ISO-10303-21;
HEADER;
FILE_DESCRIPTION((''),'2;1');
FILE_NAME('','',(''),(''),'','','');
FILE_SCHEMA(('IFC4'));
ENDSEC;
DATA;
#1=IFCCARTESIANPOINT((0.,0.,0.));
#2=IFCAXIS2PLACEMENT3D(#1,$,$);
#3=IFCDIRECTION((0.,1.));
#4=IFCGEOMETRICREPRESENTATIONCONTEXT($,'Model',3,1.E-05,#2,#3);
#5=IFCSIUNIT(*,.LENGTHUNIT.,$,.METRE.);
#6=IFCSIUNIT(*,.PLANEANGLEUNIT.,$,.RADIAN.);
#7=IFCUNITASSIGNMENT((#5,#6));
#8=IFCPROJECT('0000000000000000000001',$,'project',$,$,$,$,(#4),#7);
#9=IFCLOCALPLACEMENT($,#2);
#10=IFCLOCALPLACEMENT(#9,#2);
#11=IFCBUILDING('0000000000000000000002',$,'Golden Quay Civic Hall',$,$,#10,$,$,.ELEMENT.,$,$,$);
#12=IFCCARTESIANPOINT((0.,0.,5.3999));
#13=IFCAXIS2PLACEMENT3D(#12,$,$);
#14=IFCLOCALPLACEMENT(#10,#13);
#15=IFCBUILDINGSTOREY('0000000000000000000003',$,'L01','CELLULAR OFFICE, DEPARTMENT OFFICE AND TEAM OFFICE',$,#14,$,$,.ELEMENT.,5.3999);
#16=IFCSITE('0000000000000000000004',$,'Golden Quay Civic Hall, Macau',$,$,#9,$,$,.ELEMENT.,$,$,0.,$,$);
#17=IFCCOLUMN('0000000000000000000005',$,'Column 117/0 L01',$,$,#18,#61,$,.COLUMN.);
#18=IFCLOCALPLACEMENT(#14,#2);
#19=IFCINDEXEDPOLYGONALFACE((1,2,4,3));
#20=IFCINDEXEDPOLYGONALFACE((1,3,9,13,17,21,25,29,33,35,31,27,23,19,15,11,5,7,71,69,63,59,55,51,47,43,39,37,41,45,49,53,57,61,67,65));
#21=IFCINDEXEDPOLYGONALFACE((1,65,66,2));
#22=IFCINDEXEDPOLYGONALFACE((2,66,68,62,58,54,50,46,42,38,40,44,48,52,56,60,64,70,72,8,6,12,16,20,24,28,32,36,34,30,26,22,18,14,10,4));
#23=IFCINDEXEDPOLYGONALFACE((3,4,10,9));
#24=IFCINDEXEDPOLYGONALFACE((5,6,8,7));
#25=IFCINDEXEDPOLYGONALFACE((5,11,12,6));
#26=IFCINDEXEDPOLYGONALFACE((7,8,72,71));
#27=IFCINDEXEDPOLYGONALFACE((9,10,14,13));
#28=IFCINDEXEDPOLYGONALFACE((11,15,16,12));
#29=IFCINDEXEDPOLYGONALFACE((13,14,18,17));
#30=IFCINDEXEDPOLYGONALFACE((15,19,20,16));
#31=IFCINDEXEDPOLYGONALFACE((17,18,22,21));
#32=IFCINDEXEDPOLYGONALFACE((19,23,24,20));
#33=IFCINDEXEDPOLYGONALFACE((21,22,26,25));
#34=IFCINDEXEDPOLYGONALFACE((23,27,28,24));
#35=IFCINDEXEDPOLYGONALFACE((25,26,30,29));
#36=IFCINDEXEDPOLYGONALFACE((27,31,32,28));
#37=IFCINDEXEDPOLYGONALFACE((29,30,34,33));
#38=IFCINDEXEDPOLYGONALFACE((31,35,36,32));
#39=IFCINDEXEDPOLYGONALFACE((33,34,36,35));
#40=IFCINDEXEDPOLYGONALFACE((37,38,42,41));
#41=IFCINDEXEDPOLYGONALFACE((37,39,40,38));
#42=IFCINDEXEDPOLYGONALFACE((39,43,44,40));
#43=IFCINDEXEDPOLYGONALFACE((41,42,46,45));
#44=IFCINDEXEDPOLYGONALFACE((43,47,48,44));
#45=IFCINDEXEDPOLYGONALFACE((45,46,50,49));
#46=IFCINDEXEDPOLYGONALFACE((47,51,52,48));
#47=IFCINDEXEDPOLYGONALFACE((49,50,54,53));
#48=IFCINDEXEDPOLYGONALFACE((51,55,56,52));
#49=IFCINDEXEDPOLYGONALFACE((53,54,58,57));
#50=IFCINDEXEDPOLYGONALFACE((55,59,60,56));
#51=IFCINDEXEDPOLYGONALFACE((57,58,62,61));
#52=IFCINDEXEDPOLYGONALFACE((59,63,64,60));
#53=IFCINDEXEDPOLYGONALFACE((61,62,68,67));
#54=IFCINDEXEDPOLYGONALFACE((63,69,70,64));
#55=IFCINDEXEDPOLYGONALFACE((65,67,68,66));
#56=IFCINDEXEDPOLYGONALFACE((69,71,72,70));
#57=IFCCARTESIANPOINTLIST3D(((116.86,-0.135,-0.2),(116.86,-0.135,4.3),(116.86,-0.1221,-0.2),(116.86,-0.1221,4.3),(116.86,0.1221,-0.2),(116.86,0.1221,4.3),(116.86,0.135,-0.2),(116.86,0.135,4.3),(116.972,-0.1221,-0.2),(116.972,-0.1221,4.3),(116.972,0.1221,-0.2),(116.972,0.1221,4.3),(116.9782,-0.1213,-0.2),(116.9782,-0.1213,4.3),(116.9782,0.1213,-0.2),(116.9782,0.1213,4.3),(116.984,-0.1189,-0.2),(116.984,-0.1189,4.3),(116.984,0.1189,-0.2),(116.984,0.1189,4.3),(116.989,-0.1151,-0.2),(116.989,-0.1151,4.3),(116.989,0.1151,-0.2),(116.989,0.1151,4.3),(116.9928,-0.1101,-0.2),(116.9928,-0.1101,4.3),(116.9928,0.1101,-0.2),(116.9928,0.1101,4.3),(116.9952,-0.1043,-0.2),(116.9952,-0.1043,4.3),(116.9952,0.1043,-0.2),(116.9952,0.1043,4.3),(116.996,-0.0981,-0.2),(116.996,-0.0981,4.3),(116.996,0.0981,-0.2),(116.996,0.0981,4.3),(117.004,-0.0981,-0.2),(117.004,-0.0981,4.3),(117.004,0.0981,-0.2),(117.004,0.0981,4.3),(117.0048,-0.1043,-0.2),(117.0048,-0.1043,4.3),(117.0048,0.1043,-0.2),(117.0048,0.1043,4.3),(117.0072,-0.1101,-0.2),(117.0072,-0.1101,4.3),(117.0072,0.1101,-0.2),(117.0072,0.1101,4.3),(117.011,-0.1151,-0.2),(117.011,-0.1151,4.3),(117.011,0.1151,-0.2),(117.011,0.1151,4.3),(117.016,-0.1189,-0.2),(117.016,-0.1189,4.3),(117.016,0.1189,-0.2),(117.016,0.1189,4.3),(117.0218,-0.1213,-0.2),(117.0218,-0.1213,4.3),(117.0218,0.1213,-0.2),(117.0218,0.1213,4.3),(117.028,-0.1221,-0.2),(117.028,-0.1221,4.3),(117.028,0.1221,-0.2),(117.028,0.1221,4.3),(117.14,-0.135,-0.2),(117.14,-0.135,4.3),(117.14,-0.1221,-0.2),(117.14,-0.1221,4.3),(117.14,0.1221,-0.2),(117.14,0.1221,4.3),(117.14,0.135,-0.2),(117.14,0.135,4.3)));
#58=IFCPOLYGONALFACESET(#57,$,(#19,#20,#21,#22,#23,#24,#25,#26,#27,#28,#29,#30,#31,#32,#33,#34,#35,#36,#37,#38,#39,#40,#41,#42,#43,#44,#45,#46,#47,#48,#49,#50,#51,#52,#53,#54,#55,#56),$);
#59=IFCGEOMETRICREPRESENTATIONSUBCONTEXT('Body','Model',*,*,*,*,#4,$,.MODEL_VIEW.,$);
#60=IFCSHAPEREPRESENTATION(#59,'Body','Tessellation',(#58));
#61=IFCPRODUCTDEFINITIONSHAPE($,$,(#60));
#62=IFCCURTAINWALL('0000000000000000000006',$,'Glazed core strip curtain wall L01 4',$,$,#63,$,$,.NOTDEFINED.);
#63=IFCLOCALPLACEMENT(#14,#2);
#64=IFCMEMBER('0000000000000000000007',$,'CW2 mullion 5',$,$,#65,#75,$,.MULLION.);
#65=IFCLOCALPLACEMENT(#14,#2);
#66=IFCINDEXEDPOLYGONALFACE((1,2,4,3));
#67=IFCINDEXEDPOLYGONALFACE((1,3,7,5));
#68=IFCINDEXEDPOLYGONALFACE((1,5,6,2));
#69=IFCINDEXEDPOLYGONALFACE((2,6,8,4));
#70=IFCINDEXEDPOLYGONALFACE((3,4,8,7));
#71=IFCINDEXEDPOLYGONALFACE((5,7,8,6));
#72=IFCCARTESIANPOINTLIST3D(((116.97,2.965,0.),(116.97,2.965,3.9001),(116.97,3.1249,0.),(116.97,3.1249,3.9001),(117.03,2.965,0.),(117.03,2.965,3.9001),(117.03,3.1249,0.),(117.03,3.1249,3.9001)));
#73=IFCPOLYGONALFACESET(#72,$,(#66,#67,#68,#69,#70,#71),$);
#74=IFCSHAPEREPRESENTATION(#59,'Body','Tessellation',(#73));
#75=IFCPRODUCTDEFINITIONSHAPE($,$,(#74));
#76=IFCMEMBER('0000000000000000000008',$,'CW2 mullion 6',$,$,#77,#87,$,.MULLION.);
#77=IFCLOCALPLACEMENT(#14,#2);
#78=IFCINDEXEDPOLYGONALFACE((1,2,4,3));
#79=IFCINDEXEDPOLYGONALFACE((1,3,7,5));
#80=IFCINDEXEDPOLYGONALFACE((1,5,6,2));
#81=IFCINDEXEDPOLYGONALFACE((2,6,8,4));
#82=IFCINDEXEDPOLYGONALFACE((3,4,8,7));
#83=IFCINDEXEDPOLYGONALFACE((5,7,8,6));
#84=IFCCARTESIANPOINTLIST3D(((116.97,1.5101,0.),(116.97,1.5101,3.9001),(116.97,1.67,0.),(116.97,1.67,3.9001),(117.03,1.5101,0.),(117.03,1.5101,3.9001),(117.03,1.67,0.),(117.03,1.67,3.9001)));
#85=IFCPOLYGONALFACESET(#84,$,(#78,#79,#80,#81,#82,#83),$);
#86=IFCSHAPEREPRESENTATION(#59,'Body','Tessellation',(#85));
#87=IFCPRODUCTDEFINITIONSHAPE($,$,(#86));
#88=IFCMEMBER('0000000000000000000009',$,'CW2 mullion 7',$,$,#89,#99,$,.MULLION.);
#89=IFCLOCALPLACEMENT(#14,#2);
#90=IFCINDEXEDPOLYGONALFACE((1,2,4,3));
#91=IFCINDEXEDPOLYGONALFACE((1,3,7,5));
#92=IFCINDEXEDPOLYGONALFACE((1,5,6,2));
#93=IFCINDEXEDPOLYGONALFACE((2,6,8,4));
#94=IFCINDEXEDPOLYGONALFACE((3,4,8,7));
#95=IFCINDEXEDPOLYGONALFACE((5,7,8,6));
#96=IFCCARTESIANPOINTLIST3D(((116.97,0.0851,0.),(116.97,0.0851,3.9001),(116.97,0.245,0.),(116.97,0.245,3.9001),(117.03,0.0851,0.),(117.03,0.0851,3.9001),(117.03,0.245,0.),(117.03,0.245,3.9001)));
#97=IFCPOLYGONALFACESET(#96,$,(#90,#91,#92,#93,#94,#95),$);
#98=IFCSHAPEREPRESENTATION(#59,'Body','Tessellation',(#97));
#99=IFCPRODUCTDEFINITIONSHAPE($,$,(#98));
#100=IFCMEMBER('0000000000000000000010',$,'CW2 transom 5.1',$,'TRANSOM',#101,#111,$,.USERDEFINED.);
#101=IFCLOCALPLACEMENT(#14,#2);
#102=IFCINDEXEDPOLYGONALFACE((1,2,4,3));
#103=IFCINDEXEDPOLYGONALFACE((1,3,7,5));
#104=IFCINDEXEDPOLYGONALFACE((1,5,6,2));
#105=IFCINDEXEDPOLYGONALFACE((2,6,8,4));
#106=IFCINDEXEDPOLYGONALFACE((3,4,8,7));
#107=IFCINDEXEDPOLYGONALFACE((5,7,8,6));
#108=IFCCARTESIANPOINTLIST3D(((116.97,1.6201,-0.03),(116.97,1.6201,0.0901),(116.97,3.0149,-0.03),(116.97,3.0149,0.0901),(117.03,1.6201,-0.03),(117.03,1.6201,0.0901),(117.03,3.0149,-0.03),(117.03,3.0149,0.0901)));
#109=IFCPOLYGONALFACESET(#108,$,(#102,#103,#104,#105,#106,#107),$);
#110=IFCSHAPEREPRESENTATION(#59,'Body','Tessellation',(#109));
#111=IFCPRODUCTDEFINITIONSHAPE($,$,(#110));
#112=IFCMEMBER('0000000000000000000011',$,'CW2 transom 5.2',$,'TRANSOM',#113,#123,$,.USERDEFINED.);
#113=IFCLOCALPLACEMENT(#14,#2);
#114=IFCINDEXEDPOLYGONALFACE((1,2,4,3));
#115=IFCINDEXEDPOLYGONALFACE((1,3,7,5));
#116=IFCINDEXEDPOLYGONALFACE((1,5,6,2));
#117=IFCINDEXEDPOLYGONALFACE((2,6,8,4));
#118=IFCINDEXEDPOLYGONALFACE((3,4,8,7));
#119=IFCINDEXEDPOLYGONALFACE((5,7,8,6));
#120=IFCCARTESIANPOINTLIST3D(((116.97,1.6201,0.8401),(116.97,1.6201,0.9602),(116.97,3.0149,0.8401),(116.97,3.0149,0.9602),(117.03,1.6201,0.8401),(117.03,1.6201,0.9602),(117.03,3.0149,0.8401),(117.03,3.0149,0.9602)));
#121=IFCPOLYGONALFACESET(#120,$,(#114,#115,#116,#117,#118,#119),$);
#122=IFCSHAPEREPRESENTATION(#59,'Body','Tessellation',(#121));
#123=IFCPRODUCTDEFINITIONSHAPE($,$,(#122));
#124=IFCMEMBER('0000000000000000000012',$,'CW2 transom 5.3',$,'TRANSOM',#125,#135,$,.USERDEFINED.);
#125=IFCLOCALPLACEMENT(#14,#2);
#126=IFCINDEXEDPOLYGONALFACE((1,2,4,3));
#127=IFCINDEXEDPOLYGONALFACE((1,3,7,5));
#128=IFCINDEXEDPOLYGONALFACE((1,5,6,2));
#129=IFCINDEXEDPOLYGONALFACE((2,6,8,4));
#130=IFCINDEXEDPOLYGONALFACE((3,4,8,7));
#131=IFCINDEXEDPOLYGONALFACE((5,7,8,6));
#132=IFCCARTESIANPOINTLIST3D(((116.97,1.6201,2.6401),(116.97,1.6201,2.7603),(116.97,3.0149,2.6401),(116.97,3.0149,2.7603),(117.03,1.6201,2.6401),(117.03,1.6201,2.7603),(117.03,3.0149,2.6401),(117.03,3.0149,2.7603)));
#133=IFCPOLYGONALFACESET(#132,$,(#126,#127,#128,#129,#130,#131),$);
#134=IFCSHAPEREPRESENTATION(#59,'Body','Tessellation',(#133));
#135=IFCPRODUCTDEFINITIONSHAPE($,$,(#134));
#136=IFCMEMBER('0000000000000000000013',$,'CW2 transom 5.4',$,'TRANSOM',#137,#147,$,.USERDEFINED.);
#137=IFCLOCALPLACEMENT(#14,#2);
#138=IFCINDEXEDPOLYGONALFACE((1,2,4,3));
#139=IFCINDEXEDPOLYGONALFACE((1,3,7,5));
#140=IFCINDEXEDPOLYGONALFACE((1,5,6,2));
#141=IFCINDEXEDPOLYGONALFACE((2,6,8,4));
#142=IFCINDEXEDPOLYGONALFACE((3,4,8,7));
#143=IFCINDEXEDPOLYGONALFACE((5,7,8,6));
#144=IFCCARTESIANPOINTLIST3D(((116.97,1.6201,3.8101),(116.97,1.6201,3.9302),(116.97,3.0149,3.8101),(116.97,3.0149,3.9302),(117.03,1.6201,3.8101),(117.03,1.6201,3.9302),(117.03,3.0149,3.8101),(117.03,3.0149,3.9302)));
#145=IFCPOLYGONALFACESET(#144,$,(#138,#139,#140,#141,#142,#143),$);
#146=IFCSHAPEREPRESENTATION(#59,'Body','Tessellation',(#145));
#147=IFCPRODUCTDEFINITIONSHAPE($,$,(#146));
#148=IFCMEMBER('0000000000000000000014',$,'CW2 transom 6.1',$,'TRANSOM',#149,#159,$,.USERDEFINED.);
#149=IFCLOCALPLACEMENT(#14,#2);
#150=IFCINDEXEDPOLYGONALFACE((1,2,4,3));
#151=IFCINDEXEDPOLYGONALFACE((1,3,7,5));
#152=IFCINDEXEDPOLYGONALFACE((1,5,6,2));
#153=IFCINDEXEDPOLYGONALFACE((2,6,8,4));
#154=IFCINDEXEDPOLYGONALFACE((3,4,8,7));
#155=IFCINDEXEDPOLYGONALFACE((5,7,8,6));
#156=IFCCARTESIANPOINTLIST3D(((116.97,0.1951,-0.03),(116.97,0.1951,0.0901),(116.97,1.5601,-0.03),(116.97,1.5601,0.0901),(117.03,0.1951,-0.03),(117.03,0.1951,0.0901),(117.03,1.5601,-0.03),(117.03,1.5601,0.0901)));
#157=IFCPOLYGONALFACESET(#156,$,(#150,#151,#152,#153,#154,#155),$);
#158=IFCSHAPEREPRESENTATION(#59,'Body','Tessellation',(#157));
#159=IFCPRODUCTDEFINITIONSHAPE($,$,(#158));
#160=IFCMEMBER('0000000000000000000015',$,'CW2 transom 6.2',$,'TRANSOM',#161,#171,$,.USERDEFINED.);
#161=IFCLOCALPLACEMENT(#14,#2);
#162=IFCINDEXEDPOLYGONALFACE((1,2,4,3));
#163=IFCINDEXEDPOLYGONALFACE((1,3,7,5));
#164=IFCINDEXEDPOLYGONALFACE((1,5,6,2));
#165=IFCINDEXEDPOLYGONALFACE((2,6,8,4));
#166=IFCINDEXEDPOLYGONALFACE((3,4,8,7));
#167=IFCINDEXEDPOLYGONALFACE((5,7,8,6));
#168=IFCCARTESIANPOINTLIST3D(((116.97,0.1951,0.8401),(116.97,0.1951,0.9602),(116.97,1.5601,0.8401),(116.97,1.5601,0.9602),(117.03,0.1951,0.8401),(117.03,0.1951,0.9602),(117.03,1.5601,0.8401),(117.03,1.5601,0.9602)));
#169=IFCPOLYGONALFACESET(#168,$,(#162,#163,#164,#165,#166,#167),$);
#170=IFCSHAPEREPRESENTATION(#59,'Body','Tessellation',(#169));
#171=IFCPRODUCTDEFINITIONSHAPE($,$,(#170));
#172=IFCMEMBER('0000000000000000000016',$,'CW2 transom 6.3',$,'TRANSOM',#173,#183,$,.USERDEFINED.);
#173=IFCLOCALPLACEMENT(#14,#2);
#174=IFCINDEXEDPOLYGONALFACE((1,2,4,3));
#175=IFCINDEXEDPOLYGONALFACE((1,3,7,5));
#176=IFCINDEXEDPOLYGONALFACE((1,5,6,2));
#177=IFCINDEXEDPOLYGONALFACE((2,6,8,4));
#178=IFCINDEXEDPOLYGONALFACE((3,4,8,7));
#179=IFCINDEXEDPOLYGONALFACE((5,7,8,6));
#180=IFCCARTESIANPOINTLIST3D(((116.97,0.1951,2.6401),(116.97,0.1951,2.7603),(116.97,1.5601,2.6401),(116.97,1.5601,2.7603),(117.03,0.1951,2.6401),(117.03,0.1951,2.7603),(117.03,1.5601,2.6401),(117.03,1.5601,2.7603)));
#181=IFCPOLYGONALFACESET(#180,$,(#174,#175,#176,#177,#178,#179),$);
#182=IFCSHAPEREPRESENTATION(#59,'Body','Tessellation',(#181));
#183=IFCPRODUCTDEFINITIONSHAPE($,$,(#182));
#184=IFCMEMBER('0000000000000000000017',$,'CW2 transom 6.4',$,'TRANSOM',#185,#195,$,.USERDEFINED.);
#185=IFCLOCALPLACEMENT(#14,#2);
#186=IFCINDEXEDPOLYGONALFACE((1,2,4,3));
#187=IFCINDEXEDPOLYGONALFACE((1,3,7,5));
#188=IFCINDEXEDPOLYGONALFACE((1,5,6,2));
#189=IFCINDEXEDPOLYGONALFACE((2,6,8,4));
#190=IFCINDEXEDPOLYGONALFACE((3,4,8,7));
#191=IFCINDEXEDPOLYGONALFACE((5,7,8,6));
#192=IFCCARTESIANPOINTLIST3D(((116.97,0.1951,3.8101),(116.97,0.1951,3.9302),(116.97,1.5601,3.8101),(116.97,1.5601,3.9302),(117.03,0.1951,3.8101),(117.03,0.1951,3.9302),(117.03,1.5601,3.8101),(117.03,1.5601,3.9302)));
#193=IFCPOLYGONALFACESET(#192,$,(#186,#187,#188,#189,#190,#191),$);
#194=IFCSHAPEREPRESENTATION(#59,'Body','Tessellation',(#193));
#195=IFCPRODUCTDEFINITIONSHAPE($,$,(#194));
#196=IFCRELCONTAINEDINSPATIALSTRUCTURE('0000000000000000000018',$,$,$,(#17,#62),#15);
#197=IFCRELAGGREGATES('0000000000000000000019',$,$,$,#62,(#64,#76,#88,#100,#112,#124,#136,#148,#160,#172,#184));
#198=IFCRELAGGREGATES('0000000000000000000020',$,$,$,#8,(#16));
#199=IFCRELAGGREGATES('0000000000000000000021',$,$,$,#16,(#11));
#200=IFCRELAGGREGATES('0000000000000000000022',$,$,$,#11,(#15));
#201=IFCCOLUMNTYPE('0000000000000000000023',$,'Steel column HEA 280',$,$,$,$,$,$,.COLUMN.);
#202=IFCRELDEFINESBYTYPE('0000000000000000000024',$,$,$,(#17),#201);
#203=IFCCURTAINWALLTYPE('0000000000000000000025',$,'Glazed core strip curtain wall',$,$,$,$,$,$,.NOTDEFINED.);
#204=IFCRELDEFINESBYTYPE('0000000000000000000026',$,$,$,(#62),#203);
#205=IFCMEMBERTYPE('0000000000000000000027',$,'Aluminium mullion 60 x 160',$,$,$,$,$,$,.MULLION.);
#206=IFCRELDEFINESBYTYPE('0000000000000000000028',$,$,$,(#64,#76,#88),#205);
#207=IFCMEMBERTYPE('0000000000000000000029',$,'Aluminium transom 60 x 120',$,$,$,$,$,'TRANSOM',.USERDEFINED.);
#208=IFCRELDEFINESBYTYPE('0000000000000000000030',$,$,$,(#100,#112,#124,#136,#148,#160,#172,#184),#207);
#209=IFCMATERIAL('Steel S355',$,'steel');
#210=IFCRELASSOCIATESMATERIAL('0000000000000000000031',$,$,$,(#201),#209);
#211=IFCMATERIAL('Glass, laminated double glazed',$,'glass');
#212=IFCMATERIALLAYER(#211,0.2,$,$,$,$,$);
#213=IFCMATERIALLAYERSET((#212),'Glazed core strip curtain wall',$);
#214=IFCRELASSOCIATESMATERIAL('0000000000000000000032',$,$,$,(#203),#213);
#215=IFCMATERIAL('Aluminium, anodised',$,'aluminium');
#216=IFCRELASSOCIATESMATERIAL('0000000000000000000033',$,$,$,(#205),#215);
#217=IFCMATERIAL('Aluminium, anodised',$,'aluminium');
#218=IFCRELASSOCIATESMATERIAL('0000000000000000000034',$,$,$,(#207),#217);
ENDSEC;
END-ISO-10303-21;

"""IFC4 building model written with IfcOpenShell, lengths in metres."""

from ifc_helpers import new_model, si_unit, direction, frame, origin, origin_2d, place, context, subcontext, project, spatial, rectangle, i_section, extrude, material, layer, layer_set, material_profile, profile_set, type_object, element, aggregate, save


model = new_model("IFC4")

# Units and contexts
model_context = context("Model", 3, precision=1e-05, world=origin(), true_north=direction((0.0, 1.0)))
body_context = subcontext(model_context, "Body", "Model", "MODEL_VIEW")
ifc_project = project(units=[si_unit("LENGTHUNIT", "METRE"), si_unit("PLANEANGLEUNIT", "RADIAN")], contexts=[model_context])

# Site, building, storey
site_placement = place(None, origin())
site = spatial("IfcSite", under=ifc_project, at=site_placement, Name="Golden Quay Civic Hall, Macau", CompositionType="ELEMENT", RefElevation=0.0)
building_placement = place(site_placement, origin())
building = spatial("IfcBuilding", under=site, at=building_placement, Name="Golden Quay Civic Hall", CompositionType="ELEMENT")
storey_placement = place(building_placement, frame((0.0, 0.0, 5.3999)))
storey = spatial("IfcBuildingStorey", under=building, at=storey_placement, Name="L01", Description="CELLULAR OFFICE, DEPARTMENT OFFICE AND TEAM OFFICE", CompositionType="ELEMENT", Elevation=5.3999)

# Column
ifc_material_1 = material(Name="Steel S355", Category="steel")
ifc_material_profile_1 = material_profile(ifc_material_1, i_section(OverallWidth=0.28, OverallDepth=0.27, WebThickness=0.0081, FlangeThickness=0.0129, FilletRadius=0.0239, at=origin_2d()), Name="HEA 280")
ifc_profile_set_1 = profile_set([ifc_material_profile_1], Name="Steel S355")
column_type = type_object("IfcColumnType", Name="Steel column HEA 280", PredefinedType="COLUMN", material=ifc_profile_set_1)
column_placement = place(storey_placement, frame((117.0, 0.0, -0.2), z_axis=(0.0, 0.0, 1.0), x_axis=(1.0, 0.0, 0.0)))
element("IfcColumn", 1, at=column_placement, inside=storey, type_object=column_type, Name="Column 117/0 L01", PredefinedType="COLUMN", context=body_context, shape_type="SweptSolid", body=[
    extrude(i_section(OverallWidth=0.28, OverallDepth=0.27, WebThickness=0.0081, FlangeThickness=0.0129, FilletRadius=0.0239, at=origin_2d()), origin(), (0.0, 0.0, 1.0), 4.5),
])

# Curtain wall, members
ifc_material_2 = material(Name="Glass, laminated double glazed", Category="glass")
ifc_layer_1 = layer(ifc_material_2, 0.2)
ifc_layer_set_1 = layer_set([ifc_layer_1], Name="Glazed core strip curtain wall")
curtain_wall_type = type_object("IfcCurtainWallType", Name="Glazed core strip curtain wall", PredefinedType="NOTDEFINED", material=ifc_layer_set_1)
curtain_wall_placement = place(storey_placement, origin())
curtain_wall = element("IfcCurtainWall", 2, at=curtain_wall_placement, inside=storey, type_object=curtain_wall_type, Name="Glazed core strip curtain wall L01 4", PredefinedType="NOTDEFINED")
ifc_material_3 = material(Name="Aluminium, anodised", Category="aluminium")
ifc_material_profile_2 = material_profile(ifc_material_3, rectangle(XDim=0.0601, YDim=0.1599, at=origin_2d()), Name="Aluminium 60 x 160")
ifc_profile_set_2 = profile_set([ifc_material_profile_2], Name="Aluminium, anodised")
member_type_1 = type_object("IfcMemberType", Name="Aluminium mullion 60 x 160", PredefinedType="MULLION", material=ifc_profile_set_2)
member_1_placement = place(storey_placement, frame((117.0, 3.0449, 0.0), z_axis=(0.0, 0.0, 1.0), x_axis=(1.0, 0.0, 0.0)))
member_1 = element("IfcMember", 3, at=member_1_placement, type_object=member_type_1, Name="CW2 mullion 5", PredefinedType="MULLION", context=body_context, shape_type="SweptSolid", body=[
    extrude(rectangle(XDim=0.0601, YDim=0.1599, at=origin_2d()), origin(), (0.0, 0.0, 1.0), 3.9001),
])
member_2_placement = place(storey_placement, frame((117.0, 1.5901, 0.0), z_axis=(0.0, 0.0, 1.0), x_axis=(1.0, 0.0, 0.0)))
member_2 = element("IfcMember", 4, at=member_2_placement, type_object=member_type_1, Name="CW2 mullion 6", PredefinedType="MULLION", context=body_context, shape_type="SweptSolid", body=[
    extrude(rectangle(XDim=0.0601, YDim=0.1599, at=origin_2d()), origin(), (0.0, 0.0, 1.0), 3.9001),
])
member_3_placement = place(storey_placement, frame((117.0, 0.165, 0.0), z_axis=(0.0, 0.0, 1.0), x_axis=(1.0, 0.0, 0.0)))
member_3 = element("IfcMember", 5, at=member_3_placement, type_object=member_type_1, Name="CW2 mullion 7", PredefinedType="MULLION", context=body_context, shape_type="SweptSolid", body=[
    extrude(rectangle(XDim=0.0601, YDim=0.1599, at=origin_2d()), origin(), (0.0, 0.0, 1.0), 3.9001),
])
ifc_material_4 = material(Name="Aluminium, anodised", Category="aluminium")
ifc_material_profile_3 = material_profile(ifc_material_4, rectangle(XDim=0.0601, YDim=0.1201, at=origin_2d()), Name="Aluminium 60 x 120")
ifc_profile_set_3 = profile_set([ifc_material_profile_3], Name="Aluminium, anodised")
member_type_2 = type_object("IfcMemberType", Name="Aluminium transom 60 x 120", ElementType="TRANSOM", PredefinedType="USERDEFINED", material=ifc_profile_set_3)
member_4_placement = place(storey_placement, frame((117.0, 3.0149, 0.03), z_axis=(0.0, -1.0, 0.0), x_axis=(1.0, 0.0, 0.0)))
member_4 = element("IfcMember", 6, at=member_4_placement, type_object=member_type_2, Name="CW2 transom 5.1", ObjectType="TRANSOM", PredefinedType="USERDEFINED", context=body_context, shape_type="SweptSolid", body=[
    extrude(rectangle(XDim=0.0601, YDim=0.1201, at=origin_2d()), origin(), (0.0, 0.0, 1.0), 1.3948),
])
member_5_placement = place(storey_placement, frame((117.0, 3.0149, 0.9001), z_axis=(0.0, -1.0, 0.0), x_axis=(1.0, 0.0, 0.0)))
member_5 = element("IfcMember", 7, at=member_5_placement, type_object=member_type_2, Name="CW2 transom 5.2", ObjectType="TRANSOM", PredefinedType="USERDEFINED", context=body_context, shape_type="SweptSolid", body=[
    extrude(rectangle(XDim=0.0601, YDim=0.1201, at=origin_2d()), origin(), (0.0, 0.0, 1.0), 1.3948),
])
member_6_placement = place(storey_placement, frame((117.0, 3.0149, 2.7002), z_axis=(0.0, -1.0, 0.0), x_axis=(1.0, 0.0, 0.0)))
member_6 = element("IfcMember", 8, at=member_6_placement, type_object=member_type_2, Name="CW2 transom 5.3", ObjectType="TRANSOM", PredefinedType="USERDEFINED", context=body_context, shape_type="SweptSolid", body=[
    extrude(rectangle(XDim=0.0601, YDim=0.1201, at=origin_2d()), origin(), (0.0, 0.0, 1.0), 1.3948),
])
member_7_placement = place(storey_placement, frame((117.0, 3.0149, 3.8701), z_axis=(0.0, -1.0, 0.0), x_axis=(1.0, 0.0, 0.0)))
member_7 = element("IfcMember", 9, at=member_7_placement, type_object=member_type_2, Name="CW2 transom 5.4", ObjectType="TRANSOM", PredefinedType="USERDEFINED", context=body_context, shape_type="SweptSolid", body=[
    extrude(rectangle(XDim=0.0601, YDim=0.1201, at=origin_2d()), origin(), (0.0, 0.0, 1.0), 1.3948),
])
member_8_placement = place(storey_placement, frame((117.0, 1.5601, 0.03), z_axis=(0.0, -1.0, 0.0), x_axis=(1.0, 0.0, 0.0)))
member_8 = element("IfcMember", 10, at=member_8_placement, type_object=member_type_2, Name="CW2 transom 6.1", ObjectType="TRANSOM", PredefinedType="USERDEFINED", context=body_context, shape_type="SweptSolid", body=[
    extrude(rectangle(XDim=0.0601, YDim=0.1201, at=origin_2d()), origin(), (0.0, 0.0, 1.0), 1.365),
])
member_9_placement = place(storey_placement, frame((117.0, 1.5601, 0.9001), z_axis=(0.0, -1.0, 0.0), x_axis=(1.0, 0.0, 0.0)))
member_9 = element("IfcMember", 11, at=member_9_placement, type_object=member_type_2, Name="CW2 transom 6.2", ObjectType="TRANSOM", PredefinedType="USERDEFINED", context=body_context, shape_type="SweptSolid", body=[
    extrude(rectangle(XDim=0.0601, YDim=0.1201, at=origin_2d()), origin(), (0.0, 0.0, 1.0), 1.365),
])
member_10_placement = place(storey_placement, frame((117.0, 1.5601, 2.7002), z_axis=(0.0, -1.0, 0.0), x_axis=(1.0, 0.0, 0.0)))
member_10 = element("IfcMember", 12, at=member_10_placement, type_object=member_type_2, Name="CW2 transom 6.3", ObjectType="TRANSOM", PredefinedType="USERDEFINED", context=body_context, shape_type="SweptSolid", body=[
    extrude(rectangle(XDim=0.0601, YDim=0.1201, at=origin_2d()), origin(), (0.0, 0.0, 1.0), 1.365),
])
member_11_placement = place(storey_placement, frame((117.0, 1.5601, 3.8701), z_axis=(0.0, -1.0, 0.0), x_axis=(1.0, 0.0, 0.0)))
member_11 = element("IfcMember", 13, at=member_11_placement, type_object=member_type_2, Name="CW2 transom 6.4", ObjectType="TRANSOM", PredefinedType="USERDEFINED", context=body_context, shape_type="SweptSolid", body=[
    extrude(rectangle(XDim=0.0601, YDim=0.1201, at=origin_2d()), origin(), (0.0, 0.0, 1.0), 1.365),
])

aggregate(curtain_wall, [member_1, member_2, member_3, member_4, member_5, member_6, member_7, member_8, member_9, member_10, member_11])

save(model, "model.ifc")
